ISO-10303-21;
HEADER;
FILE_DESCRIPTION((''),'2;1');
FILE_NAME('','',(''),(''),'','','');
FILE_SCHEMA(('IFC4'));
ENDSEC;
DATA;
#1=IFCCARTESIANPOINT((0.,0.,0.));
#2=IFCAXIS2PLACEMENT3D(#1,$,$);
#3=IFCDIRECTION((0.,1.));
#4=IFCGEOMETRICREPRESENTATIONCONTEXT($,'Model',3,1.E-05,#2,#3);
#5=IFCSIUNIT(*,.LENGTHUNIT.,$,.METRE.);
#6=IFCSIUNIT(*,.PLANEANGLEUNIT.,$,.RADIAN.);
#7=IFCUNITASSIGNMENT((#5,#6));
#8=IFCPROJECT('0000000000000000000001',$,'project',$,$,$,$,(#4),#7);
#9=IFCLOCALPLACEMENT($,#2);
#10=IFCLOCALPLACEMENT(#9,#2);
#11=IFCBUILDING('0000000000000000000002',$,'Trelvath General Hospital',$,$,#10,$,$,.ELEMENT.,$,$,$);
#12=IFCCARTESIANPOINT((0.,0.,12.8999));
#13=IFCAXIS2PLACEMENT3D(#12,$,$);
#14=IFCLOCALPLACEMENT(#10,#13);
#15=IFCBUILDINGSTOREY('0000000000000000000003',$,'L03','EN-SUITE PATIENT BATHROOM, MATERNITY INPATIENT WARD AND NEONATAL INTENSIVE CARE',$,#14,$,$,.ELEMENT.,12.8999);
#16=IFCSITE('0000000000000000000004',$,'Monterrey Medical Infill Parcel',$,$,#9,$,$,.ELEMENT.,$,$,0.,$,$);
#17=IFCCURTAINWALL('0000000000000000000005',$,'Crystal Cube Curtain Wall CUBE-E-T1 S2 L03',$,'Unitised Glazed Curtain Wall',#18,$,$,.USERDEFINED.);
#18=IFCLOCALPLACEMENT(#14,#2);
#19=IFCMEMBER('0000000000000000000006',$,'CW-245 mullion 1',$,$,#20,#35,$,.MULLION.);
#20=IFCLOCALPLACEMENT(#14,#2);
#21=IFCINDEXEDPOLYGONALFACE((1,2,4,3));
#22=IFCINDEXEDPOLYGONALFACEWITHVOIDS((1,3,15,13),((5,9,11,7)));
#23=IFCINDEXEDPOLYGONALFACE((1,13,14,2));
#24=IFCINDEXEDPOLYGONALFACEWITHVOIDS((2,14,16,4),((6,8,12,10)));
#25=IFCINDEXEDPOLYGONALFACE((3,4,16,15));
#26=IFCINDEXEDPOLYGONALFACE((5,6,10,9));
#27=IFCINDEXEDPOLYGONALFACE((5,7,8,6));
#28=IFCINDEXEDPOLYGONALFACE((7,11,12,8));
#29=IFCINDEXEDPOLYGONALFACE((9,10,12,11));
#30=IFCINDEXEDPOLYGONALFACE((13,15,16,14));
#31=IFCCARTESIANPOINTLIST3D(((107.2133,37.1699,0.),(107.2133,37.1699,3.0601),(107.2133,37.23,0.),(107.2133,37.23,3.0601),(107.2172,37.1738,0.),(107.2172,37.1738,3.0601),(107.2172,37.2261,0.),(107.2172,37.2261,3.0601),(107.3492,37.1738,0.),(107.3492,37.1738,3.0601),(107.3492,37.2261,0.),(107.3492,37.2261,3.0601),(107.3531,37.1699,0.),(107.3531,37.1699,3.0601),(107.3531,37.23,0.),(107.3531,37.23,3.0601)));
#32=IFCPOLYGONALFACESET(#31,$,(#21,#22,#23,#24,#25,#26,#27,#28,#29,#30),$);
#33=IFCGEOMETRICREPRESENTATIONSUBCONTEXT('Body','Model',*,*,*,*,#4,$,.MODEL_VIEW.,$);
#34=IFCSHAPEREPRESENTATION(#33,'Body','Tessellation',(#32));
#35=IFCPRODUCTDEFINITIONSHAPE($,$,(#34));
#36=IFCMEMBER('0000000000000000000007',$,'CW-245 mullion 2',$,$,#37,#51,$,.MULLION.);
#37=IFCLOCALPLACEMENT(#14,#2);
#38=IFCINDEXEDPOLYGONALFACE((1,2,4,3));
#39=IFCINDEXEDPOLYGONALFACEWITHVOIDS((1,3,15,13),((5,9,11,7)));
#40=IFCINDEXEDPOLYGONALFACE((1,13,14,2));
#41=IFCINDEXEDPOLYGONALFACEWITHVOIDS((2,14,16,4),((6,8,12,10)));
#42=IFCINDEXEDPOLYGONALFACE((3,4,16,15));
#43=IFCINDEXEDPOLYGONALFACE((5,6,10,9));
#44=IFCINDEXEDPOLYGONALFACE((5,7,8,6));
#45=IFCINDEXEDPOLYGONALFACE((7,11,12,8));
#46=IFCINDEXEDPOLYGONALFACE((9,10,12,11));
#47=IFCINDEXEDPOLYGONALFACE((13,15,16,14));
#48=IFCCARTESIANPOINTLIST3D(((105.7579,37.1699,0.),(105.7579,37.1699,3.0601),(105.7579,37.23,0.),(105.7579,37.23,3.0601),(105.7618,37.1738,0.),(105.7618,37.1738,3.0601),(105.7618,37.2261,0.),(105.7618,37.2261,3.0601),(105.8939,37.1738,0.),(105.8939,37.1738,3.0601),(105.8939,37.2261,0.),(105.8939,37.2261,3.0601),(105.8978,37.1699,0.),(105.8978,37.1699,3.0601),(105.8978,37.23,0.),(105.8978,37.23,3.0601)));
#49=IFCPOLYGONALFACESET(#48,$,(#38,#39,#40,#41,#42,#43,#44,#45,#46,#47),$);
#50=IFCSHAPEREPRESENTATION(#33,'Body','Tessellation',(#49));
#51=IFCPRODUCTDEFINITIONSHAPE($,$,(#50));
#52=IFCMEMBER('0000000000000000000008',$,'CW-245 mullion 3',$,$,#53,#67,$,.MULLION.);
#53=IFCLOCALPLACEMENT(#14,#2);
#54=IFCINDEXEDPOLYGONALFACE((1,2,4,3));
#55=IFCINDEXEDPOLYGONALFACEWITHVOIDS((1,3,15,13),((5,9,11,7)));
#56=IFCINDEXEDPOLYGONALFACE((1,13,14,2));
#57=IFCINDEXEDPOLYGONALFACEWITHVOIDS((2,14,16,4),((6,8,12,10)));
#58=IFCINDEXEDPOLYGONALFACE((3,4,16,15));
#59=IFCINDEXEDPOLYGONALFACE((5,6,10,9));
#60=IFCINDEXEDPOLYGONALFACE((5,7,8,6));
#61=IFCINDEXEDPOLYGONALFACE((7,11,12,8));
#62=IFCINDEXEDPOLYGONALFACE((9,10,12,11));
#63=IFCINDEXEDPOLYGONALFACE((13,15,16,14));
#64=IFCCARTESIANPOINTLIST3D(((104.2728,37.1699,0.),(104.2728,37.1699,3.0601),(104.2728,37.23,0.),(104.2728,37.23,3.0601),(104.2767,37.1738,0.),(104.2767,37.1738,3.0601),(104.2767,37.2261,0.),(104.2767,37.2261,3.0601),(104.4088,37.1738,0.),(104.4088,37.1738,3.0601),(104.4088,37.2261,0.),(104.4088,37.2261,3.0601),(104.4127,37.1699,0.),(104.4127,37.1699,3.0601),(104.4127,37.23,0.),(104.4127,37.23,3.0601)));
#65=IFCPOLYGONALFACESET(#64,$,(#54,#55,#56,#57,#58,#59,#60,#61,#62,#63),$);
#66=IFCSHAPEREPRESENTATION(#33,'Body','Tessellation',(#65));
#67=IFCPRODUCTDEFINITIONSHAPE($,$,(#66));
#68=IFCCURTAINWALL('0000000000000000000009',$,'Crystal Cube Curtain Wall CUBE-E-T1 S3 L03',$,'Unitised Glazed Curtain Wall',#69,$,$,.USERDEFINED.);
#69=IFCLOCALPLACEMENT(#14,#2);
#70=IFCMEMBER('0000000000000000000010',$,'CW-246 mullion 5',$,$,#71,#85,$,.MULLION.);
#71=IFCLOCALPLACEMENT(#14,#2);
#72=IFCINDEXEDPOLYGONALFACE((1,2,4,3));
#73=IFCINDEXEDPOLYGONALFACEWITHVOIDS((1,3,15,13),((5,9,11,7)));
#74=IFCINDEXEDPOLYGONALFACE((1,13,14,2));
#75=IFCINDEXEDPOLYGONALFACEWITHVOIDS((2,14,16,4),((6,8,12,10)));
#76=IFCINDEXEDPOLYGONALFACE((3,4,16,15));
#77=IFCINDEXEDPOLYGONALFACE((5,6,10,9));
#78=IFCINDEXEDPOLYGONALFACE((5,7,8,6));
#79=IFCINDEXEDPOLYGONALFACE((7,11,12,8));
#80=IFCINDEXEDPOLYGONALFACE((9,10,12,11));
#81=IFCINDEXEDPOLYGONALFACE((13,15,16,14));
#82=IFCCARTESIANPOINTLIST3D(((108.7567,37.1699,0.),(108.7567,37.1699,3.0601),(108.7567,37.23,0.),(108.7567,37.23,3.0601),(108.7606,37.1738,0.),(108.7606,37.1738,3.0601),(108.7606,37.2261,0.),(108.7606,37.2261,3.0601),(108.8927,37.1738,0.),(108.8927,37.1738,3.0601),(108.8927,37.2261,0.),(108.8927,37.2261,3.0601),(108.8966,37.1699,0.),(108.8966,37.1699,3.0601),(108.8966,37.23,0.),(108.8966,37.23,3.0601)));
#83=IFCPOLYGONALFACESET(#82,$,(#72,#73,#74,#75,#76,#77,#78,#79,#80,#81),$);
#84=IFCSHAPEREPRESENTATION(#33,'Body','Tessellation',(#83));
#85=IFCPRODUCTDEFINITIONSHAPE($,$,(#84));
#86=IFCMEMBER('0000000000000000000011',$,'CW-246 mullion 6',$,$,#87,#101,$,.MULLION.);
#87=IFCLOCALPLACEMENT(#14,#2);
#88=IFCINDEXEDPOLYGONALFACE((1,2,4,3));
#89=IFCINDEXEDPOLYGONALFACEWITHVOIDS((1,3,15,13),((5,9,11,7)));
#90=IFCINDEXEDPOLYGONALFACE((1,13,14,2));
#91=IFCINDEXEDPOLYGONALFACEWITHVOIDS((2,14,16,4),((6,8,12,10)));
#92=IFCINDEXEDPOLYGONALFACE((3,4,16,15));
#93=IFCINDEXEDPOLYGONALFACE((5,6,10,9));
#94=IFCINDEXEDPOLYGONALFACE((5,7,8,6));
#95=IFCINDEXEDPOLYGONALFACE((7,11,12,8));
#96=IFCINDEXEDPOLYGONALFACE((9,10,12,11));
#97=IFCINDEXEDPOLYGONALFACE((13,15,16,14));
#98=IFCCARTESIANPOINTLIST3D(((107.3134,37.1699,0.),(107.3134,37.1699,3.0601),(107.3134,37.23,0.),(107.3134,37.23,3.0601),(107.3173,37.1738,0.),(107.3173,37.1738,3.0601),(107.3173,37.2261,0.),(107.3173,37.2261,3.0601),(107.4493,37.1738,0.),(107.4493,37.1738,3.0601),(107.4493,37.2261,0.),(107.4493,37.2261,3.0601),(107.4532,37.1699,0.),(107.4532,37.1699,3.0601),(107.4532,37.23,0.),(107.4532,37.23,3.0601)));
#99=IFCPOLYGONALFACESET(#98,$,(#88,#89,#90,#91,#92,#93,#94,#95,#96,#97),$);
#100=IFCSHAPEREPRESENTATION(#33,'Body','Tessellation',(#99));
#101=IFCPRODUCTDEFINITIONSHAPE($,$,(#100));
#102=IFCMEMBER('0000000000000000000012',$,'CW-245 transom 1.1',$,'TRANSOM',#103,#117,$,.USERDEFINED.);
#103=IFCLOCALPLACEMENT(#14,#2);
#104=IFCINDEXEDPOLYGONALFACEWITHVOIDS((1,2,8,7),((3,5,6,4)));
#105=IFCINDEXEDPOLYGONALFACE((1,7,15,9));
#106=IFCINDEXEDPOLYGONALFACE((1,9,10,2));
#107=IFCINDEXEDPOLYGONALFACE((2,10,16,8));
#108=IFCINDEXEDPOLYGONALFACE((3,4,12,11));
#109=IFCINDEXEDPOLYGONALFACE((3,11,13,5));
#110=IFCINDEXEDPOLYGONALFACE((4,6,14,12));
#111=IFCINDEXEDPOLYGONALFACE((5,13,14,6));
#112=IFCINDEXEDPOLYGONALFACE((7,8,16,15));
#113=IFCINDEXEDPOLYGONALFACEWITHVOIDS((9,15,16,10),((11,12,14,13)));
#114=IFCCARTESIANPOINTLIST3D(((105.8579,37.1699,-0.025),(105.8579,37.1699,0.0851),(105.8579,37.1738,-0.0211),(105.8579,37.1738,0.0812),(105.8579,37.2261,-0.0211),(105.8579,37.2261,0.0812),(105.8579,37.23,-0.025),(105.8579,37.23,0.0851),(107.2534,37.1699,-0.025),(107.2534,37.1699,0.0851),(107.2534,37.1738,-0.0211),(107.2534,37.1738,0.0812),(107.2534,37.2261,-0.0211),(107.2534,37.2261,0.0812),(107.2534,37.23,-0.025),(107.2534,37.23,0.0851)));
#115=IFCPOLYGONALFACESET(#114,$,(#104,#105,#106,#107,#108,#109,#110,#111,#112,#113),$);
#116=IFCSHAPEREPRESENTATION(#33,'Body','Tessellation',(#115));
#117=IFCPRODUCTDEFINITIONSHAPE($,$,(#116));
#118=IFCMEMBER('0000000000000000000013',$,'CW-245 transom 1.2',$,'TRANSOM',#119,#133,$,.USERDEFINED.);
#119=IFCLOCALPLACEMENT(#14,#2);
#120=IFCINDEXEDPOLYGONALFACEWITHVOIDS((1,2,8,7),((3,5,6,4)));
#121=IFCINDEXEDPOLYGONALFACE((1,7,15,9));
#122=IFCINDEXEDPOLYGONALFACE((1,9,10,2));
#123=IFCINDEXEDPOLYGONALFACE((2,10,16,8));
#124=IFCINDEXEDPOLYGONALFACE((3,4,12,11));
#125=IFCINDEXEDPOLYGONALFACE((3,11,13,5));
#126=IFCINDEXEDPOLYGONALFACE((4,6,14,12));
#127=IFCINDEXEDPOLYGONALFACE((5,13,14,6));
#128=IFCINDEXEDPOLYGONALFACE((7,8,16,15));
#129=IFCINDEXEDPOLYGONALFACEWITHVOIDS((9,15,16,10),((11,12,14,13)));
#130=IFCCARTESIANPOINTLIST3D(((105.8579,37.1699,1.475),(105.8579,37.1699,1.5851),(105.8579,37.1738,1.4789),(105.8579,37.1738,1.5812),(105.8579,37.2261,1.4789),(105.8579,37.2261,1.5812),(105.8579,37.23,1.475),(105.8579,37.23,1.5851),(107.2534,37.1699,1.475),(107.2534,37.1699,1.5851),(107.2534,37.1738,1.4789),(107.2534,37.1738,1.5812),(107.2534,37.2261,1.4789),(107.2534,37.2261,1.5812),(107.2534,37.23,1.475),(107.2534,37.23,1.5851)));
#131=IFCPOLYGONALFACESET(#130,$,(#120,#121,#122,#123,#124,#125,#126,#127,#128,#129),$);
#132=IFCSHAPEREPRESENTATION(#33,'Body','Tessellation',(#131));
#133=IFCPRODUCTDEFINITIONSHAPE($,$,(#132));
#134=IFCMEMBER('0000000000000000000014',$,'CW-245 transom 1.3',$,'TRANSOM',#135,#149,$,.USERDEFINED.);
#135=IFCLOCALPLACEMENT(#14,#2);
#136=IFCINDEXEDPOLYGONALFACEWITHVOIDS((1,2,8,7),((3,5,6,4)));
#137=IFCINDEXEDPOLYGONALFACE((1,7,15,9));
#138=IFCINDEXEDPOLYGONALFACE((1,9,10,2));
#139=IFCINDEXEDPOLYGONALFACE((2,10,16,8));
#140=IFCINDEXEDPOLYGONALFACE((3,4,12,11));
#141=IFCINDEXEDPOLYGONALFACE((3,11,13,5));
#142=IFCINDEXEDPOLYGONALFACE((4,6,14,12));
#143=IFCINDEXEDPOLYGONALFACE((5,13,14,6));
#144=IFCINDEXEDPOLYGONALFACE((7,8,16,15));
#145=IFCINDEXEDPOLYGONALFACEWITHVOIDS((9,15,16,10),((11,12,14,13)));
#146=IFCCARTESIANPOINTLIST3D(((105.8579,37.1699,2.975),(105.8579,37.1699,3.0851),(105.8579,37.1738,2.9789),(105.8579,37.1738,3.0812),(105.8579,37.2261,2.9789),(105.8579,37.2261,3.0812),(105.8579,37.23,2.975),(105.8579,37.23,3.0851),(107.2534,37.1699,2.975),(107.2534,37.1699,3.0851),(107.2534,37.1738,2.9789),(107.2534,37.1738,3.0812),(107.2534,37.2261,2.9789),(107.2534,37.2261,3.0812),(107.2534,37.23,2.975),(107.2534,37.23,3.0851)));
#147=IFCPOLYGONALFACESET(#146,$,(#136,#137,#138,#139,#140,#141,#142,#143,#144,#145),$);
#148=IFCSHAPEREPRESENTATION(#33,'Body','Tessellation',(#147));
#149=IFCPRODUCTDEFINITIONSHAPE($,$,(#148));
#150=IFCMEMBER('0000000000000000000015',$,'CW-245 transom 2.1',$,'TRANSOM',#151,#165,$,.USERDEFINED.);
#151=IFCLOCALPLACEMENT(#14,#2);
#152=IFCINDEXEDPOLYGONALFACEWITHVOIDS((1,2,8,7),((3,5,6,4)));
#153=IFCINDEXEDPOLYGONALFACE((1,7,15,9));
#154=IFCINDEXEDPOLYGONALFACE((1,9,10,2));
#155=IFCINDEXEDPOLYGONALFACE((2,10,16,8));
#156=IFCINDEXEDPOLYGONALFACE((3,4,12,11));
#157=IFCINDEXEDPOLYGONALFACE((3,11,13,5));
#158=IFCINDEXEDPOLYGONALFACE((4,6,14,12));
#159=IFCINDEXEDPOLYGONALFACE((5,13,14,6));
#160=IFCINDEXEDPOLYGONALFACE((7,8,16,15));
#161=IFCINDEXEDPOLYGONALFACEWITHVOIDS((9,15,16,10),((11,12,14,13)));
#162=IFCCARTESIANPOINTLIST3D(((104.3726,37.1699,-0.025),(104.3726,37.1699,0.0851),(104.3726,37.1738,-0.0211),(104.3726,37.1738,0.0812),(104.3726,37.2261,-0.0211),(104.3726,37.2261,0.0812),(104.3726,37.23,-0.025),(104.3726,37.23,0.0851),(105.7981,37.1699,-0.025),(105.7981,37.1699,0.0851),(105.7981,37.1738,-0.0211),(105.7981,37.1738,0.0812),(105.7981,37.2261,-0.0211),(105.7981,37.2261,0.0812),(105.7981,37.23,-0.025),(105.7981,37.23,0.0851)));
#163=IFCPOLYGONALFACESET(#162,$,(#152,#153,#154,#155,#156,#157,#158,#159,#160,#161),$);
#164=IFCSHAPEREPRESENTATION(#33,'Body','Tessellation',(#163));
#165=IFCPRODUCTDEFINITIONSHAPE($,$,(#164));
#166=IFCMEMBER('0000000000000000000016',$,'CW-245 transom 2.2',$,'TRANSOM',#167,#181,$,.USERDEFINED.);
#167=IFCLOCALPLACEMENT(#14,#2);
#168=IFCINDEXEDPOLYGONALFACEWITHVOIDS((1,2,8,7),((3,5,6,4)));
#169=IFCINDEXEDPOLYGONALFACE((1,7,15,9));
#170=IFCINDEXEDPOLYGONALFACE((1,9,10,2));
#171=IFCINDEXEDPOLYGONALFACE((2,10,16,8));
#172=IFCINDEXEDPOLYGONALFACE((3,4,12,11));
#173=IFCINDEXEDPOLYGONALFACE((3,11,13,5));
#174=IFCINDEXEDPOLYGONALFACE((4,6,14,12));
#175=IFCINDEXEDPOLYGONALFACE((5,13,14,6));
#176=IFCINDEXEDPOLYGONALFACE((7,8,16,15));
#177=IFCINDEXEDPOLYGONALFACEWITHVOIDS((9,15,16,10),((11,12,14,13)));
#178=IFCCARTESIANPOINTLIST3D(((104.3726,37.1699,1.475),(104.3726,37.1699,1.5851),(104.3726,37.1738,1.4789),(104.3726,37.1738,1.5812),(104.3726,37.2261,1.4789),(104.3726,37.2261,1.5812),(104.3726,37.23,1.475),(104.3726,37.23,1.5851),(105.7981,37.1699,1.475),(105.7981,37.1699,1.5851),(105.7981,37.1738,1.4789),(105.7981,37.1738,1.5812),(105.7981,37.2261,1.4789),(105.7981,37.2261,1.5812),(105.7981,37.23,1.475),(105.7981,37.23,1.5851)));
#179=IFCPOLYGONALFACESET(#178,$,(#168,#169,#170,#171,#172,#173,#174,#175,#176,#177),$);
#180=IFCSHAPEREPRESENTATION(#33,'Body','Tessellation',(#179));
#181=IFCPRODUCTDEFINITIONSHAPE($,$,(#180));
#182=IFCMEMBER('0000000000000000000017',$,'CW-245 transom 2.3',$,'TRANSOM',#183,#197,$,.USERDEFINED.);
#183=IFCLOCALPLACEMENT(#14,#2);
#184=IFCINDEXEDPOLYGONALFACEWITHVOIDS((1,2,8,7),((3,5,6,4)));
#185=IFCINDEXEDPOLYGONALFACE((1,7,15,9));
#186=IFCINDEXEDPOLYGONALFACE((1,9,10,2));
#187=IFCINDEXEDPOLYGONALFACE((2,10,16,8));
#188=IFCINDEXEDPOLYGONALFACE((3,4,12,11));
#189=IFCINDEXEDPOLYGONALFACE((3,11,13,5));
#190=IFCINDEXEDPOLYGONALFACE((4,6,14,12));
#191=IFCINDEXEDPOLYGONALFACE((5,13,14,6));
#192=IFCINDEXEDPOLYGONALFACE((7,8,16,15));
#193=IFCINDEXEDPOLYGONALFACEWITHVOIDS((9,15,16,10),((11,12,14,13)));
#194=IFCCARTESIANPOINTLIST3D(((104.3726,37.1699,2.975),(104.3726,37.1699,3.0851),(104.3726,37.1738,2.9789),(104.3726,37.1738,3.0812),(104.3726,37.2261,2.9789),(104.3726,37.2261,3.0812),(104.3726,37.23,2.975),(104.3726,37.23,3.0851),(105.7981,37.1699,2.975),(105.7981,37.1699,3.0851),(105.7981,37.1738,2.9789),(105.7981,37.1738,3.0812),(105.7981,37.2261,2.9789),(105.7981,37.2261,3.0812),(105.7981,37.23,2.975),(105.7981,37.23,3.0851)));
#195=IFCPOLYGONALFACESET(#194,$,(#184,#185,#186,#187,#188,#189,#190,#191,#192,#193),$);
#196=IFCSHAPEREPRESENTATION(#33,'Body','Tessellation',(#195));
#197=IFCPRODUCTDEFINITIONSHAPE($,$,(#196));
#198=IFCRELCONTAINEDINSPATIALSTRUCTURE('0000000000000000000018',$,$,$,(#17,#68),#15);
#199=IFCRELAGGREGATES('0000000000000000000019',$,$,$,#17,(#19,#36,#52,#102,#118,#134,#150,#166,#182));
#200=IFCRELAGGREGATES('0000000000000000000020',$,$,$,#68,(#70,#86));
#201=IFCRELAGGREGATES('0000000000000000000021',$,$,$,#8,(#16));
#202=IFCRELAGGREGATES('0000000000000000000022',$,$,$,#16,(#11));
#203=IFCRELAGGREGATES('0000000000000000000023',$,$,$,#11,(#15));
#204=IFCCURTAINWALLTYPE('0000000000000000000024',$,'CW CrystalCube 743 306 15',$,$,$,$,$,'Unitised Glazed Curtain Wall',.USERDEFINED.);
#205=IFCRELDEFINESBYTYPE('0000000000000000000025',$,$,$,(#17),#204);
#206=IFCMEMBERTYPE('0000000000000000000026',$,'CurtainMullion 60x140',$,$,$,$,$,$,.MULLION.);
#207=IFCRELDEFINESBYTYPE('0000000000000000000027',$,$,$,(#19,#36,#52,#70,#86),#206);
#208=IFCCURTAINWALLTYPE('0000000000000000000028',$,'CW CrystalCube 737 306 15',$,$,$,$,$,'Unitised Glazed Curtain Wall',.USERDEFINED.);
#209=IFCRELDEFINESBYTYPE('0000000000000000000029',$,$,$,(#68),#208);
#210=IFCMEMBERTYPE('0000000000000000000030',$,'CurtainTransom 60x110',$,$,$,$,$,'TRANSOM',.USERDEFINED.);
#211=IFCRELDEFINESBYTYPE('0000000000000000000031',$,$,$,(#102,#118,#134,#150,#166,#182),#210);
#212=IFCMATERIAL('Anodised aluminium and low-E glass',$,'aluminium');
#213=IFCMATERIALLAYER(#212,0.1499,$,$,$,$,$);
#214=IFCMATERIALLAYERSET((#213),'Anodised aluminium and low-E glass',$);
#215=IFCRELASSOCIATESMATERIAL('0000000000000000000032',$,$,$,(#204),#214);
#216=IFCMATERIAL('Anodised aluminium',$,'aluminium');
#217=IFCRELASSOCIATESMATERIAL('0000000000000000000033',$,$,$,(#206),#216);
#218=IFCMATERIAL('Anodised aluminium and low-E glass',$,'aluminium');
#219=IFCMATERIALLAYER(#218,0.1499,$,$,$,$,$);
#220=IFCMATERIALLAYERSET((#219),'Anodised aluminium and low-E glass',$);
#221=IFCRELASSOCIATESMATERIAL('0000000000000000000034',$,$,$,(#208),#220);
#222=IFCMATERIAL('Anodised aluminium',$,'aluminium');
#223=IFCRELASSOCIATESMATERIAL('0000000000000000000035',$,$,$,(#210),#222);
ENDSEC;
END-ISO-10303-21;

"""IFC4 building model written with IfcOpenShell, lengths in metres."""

from ifc_helpers import new_model, si_unit, direction, frame, origin, origin_2d, place, context, subcontext, project, spatial, hollow_rectangle, extrude, material, layer, layer_set, material_profile, profile_set, type_object, element, aggregate, save


model = new_model("IFC4")

# Units and contexts
model_context = context("Model", 3, precision=1e-05, world=origin(), true_north=direction((0.0, 1.0)))
body_context = subcontext(model_context, "Body", "Model", "MODEL_VIEW")
ifc_project = project(units=[si_unit("LENGTHUNIT", "METRE"), si_unit("PLANEANGLEUNIT", "RADIAN")], contexts=[model_context])

# Site, building, storey
site_placement = place(None, origin())
site = spatial("IfcSite", under=ifc_project, at=site_placement, Name="Monterrey Medical Infill Parcel", CompositionType="ELEMENT", RefElevation=0.0)
building_placement = place(site_placement, origin())
building = spatial("IfcBuilding", under=site, at=building_placement, Name="Trelvath General Hospital", CompositionType="ELEMENT")
storey_placement = place(building_placement, frame((0.0, 0.0, 12.8999)))
storey = spatial("IfcBuildingStorey", under=building, at=storey_placement, Name="L03", Description="EN-SUITE PATIENT BATHROOM, MATERNITY INPATIENT WARD AND NEONATAL INTENSIVE CARE", CompositionType="ELEMENT", Elevation=12.8999)

# Curtain walls, members
ifc_material_1 = material(Name="Anodised aluminium and low-E glass", Category="aluminium")
ifc_layer_1 = layer(ifc_material_1, 0.1499)
ifc_layer_set_1 = layer_set([ifc_layer_1], Name="Anodised aluminium and low-E glass")
curtain_wall_type_1 = type_object("IfcCurtainWallType", Name="CW CrystalCube 743 306 15", ElementType="Unitised Glazed Curtain Wall", PredefinedType="USERDEFINED", material=ifc_layer_set_1)
curtain_wall_1_placement = place(storey_placement, origin())
curtain_wall_1 = element("IfcCurtainWall", 1, at=curtain_wall_1_placement, inside=storey, type_object=curtain_wall_type_1, Name="Crystal Cube Curtain Wall CUBE-E-T1 S2 L03", ObjectType="Unitised Glazed Curtain Wall", PredefinedType="USERDEFINED")
ifc_material_2 = material(Name="Anodised aluminium", Category="aluminium")
ifc_material_profile_1 = material_profile(ifc_material_2, hollow_rectangle(XDim=0.0601, YDim=0.1399, WallThickness=0.0039, at=origin_2d()), Name="RHS60x140x4")
ifc_profile_set_1 = profile_set([ifc_material_profile_1], Name="Anodised aluminium")
member_type_1 = type_object("IfcMemberType", Name="CurtainMullion 60x140", PredefinedType="MULLION", material=ifc_profile_set_1)
member_1_placement = place(storey_placement, frame((107.2832, 37.2, 0.0), z_axis=(0.0, 0.0, 1.0), x_axis=(0.0, -1.0, 0.0)))
member_1 = element("IfcMember", 2, at=member_1_placement, type_object=member_type_1, Name="CW-245 mullion 1", PredefinedType="MULLION", context=body_context, shape_type="SweptSolid", body=[
    extrude(hollow_rectangle(XDim=0.0601, YDim=0.1399, WallThickness=0.0039, at=origin_2d()), origin(), (0.0, 0.0, 1.0), 3.0601),
])
member_2_placement = place(storey_placement, frame((105.8279, 37.2, 0.0), z_axis=(0.0, 0.0, 1.0), x_axis=(0.0, -1.0, 0.0)))
member_2 = element("IfcMember", 3, at=member_2_placement, type_object=member_type_1, Name="CW-245 mullion 2", PredefinedType="MULLION", context=body_context, shape_type="SweptSolid", body=[
    extrude(hollow_rectangle(XDim=0.0601, YDim=0.1399, WallThickness=0.0039, at=origin_2d()), origin(), (0.0, 0.0, 1.0), 3.0601),
])
member_3_placement = place(storey_placement, frame((104.3428, 37.2, 0.0), z_axis=(0.0, 0.0, 1.0), x_axis=(0.0, -1.0, 0.0)))
member_3 = element("IfcMember", 4, at=member_3_placement, type_object=member_type_1, Name="CW-245 mullion 3", PredefinedType="MULLION", context=body_context, shape_type="SweptSolid", body=[
    extrude(hollow_rectangle(XDim=0.0601, YDim=0.1399, WallThickness=0.0039, at=origin_2d()), origin(), (0.0, 0.0, 1.0), 3.0601),
])
ifc_material_3 = material(Name="Anodised aluminium and low-E glass", Category="aluminium")
ifc_layer_2 = layer(ifc_material_3, 0.1499)
ifc_layer_set_2 = layer_set([ifc_layer_2], Name="Anodised aluminium and low-E glass")
curtain_wall_type_2 = type_object("IfcCurtainWallType", Name="CW CrystalCube 737 306 15", ElementType="Unitised Glazed Curtain Wall", PredefinedType="USERDEFINED", material=ifc_layer_set_2)
curtain_wall_2_placement = place(storey_placement, origin())
curtain_wall_2 = element("IfcCurtainWall", 5, at=curtain_wall_2_placement, inside=storey, type_object=curtain_wall_type_2, Name="Crystal Cube Curtain Wall CUBE-E-T1 S3 L03", ObjectType="Unitised Glazed Curtain Wall", PredefinedType="USERDEFINED")
member_4_placement = place(storey_placement, frame((108.8267, 37.2, 0.0), z_axis=(0.0, 0.0, 1.0), x_axis=(0.0, -1.0, 0.0)))
member_4 = element("IfcMember", 6, at=member_4_placement, type_object=member_type_1, Name="CW-246 mullion 5", PredefinedType="MULLION", context=body_context, shape_type="SweptSolid", body=[
    extrude(hollow_rectangle(XDim=0.0601, YDim=0.1399, WallThickness=0.0039, at=origin_2d()), origin(), (0.0, 0.0, 1.0), 3.0601),
])
member_5_placement = place(storey_placement, frame((107.3833, 37.2, 0.0), z_axis=(0.0, 0.0, 1.0), x_axis=(0.0, -1.0, 0.0)))
member_5 = element("IfcMember", 7, at=member_5_placement, type_object=member_type_1, Name="CW-246 mullion 6", PredefinedType="MULLION", context=body_context, shape_type="SweptSolid", body=[
    extrude(hollow_rectangle(XDim=0.0601, YDim=0.1399, WallThickness=0.0039, at=origin_2d()), origin(), (0.0, 0.0, 1.0), 3.0601),
])

# Members
ifc_material_4 = material(Name="Anodised aluminium", Category="aluminium")
ifc_material_profile_2 = material_profile(ifc_material_4, hollow_rectangle(XDim=0.0601, YDim=0.1101, WallThickness=0.0039, at=origin_2d()), Name="RHS60x110x4")
ifc_profile_set_2 = profile_set([ifc_material_profile_2], Name="Anodised aluminium")
member_type_2 = type_object("IfcMemberType", Name="CurtainTransom 60x110", ElementType="TRANSOM", PredefinedType="USERDEFINED", material=ifc_profile_set_2)
member_6_placement = place(storey_placement, frame((107.2534, 37.2, 0.03), z_axis=(-1.0, 0.0, 0.0), x_axis=(0.0, -1.0, 0.0)))
member_6 = element("IfcMember", 8, at=member_6_placement, type_object=member_type_2, Name="CW-245 transom 1.1", ObjectType="TRANSOM", PredefinedType="USERDEFINED", context=body_context, shape_type="SweptSolid", body=[
    extrude(hollow_rectangle(XDim=0.0601, YDim=0.1101, WallThickness=0.0039, at=origin_2d()), origin(), (0.0, 0.0, 1.0), 1.3955),
])
member_7_placement = place(storey_placement, frame((107.2534, 37.2, 1.53), z_axis=(-1.0, 0.0, 0.0), x_axis=(0.0, -1.0, 0.0)))
member_7 = element("IfcMember", 9, at=member_7_placement, type_object=member_type_2, Name="CW-245 transom 1.2", ObjectType="TRANSOM", PredefinedType="USERDEFINED", context=body_context, shape_type="SweptSolid", body=[
    extrude(hollow_rectangle(XDim=0.0601, YDim=0.1101, WallThickness=0.0039, at=origin_2d()), origin(), (0.0, 0.0, 1.0), 1.3955),
])
member_8_placement = place(storey_placement, frame((107.2534, 37.2, 3.03), z_axis=(-1.0, 0.0, 0.0), x_axis=(0.0, -1.0, 0.0)))
member_8 = element("IfcMember", 10, at=member_8_placement, type_object=member_type_2, Name="CW-245 transom 1.3", ObjectType="TRANSOM", PredefinedType="USERDEFINED", context=body_context, shape_type="SweptSolid", body=[
    extrude(hollow_rectangle(XDim=0.0601, YDim=0.1101, WallThickness=0.0039, at=origin_2d()), origin(), (0.0, 0.0, 1.0), 1.3955),
])
member_9_placement = place(storey_placement, frame((105.7981, 37.2, 0.03), z_axis=(-1.0, 0.0, 0.0), x_axis=(0.0, -1.0, 0.0)))
member_9 = element("IfcMember", 11, at=member_9_placement, type_object=member_type_2, Name="CW-245 transom 2.1", ObjectType="TRANSOM", PredefinedType="USERDEFINED", context=body_context, shape_type="SweptSolid", body=[
    extrude(hollow_rectangle(XDim=0.0601, YDim=0.1101, WallThickness=0.0039, at=origin_2d()), origin(), (0.0, 0.0, 1.0), 1.4255),
])
member_10_placement = place(storey_placement, frame((105.7981, 37.2, 1.53), z_axis=(-1.0, 0.0, 0.0), x_axis=(0.0, -1.0, 0.0)))
member_10 = element("IfcMember", 12, at=member_10_placement, type_object=member_type_2, Name="CW-245 transom 2.2", ObjectType="TRANSOM", PredefinedType="USERDEFINED", context=body_context, shape_type="SweptSolid", body=[
    extrude(hollow_rectangle(XDim=0.0601, YDim=0.1101, WallThickness=0.0039, at=origin_2d()), origin(), (0.0, 0.0, 1.0), 1.4255),
])
member_11_placement = place(storey_placement, frame((105.7981, 37.2, 3.03), z_axis=(-1.0, 0.0, 0.0), x_axis=(0.0, -1.0, 0.0)))
member_11 = element("IfcMember", 13, at=member_11_placement, type_object=member_type_2, Name="CW-245 transom 2.3", ObjectType="TRANSOM", PredefinedType="USERDEFINED", context=body_context, shape_type="SweptSolid", body=[
    extrude(hollow_rectangle(XDim=0.0601, YDim=0.1101, WallThickness=0.0039, at=origin_2d()), origin(), (0.0, 0.0, 1.0), 1.4255),
])

aggregate(curtain_wall_1, [member_1, member_2, member_3, member_6, member_7, member_8, member_9, member_10, member_11])
aggregate(curtain_wall_2, [member_4, member_5])

save(model, "model.ifc")
